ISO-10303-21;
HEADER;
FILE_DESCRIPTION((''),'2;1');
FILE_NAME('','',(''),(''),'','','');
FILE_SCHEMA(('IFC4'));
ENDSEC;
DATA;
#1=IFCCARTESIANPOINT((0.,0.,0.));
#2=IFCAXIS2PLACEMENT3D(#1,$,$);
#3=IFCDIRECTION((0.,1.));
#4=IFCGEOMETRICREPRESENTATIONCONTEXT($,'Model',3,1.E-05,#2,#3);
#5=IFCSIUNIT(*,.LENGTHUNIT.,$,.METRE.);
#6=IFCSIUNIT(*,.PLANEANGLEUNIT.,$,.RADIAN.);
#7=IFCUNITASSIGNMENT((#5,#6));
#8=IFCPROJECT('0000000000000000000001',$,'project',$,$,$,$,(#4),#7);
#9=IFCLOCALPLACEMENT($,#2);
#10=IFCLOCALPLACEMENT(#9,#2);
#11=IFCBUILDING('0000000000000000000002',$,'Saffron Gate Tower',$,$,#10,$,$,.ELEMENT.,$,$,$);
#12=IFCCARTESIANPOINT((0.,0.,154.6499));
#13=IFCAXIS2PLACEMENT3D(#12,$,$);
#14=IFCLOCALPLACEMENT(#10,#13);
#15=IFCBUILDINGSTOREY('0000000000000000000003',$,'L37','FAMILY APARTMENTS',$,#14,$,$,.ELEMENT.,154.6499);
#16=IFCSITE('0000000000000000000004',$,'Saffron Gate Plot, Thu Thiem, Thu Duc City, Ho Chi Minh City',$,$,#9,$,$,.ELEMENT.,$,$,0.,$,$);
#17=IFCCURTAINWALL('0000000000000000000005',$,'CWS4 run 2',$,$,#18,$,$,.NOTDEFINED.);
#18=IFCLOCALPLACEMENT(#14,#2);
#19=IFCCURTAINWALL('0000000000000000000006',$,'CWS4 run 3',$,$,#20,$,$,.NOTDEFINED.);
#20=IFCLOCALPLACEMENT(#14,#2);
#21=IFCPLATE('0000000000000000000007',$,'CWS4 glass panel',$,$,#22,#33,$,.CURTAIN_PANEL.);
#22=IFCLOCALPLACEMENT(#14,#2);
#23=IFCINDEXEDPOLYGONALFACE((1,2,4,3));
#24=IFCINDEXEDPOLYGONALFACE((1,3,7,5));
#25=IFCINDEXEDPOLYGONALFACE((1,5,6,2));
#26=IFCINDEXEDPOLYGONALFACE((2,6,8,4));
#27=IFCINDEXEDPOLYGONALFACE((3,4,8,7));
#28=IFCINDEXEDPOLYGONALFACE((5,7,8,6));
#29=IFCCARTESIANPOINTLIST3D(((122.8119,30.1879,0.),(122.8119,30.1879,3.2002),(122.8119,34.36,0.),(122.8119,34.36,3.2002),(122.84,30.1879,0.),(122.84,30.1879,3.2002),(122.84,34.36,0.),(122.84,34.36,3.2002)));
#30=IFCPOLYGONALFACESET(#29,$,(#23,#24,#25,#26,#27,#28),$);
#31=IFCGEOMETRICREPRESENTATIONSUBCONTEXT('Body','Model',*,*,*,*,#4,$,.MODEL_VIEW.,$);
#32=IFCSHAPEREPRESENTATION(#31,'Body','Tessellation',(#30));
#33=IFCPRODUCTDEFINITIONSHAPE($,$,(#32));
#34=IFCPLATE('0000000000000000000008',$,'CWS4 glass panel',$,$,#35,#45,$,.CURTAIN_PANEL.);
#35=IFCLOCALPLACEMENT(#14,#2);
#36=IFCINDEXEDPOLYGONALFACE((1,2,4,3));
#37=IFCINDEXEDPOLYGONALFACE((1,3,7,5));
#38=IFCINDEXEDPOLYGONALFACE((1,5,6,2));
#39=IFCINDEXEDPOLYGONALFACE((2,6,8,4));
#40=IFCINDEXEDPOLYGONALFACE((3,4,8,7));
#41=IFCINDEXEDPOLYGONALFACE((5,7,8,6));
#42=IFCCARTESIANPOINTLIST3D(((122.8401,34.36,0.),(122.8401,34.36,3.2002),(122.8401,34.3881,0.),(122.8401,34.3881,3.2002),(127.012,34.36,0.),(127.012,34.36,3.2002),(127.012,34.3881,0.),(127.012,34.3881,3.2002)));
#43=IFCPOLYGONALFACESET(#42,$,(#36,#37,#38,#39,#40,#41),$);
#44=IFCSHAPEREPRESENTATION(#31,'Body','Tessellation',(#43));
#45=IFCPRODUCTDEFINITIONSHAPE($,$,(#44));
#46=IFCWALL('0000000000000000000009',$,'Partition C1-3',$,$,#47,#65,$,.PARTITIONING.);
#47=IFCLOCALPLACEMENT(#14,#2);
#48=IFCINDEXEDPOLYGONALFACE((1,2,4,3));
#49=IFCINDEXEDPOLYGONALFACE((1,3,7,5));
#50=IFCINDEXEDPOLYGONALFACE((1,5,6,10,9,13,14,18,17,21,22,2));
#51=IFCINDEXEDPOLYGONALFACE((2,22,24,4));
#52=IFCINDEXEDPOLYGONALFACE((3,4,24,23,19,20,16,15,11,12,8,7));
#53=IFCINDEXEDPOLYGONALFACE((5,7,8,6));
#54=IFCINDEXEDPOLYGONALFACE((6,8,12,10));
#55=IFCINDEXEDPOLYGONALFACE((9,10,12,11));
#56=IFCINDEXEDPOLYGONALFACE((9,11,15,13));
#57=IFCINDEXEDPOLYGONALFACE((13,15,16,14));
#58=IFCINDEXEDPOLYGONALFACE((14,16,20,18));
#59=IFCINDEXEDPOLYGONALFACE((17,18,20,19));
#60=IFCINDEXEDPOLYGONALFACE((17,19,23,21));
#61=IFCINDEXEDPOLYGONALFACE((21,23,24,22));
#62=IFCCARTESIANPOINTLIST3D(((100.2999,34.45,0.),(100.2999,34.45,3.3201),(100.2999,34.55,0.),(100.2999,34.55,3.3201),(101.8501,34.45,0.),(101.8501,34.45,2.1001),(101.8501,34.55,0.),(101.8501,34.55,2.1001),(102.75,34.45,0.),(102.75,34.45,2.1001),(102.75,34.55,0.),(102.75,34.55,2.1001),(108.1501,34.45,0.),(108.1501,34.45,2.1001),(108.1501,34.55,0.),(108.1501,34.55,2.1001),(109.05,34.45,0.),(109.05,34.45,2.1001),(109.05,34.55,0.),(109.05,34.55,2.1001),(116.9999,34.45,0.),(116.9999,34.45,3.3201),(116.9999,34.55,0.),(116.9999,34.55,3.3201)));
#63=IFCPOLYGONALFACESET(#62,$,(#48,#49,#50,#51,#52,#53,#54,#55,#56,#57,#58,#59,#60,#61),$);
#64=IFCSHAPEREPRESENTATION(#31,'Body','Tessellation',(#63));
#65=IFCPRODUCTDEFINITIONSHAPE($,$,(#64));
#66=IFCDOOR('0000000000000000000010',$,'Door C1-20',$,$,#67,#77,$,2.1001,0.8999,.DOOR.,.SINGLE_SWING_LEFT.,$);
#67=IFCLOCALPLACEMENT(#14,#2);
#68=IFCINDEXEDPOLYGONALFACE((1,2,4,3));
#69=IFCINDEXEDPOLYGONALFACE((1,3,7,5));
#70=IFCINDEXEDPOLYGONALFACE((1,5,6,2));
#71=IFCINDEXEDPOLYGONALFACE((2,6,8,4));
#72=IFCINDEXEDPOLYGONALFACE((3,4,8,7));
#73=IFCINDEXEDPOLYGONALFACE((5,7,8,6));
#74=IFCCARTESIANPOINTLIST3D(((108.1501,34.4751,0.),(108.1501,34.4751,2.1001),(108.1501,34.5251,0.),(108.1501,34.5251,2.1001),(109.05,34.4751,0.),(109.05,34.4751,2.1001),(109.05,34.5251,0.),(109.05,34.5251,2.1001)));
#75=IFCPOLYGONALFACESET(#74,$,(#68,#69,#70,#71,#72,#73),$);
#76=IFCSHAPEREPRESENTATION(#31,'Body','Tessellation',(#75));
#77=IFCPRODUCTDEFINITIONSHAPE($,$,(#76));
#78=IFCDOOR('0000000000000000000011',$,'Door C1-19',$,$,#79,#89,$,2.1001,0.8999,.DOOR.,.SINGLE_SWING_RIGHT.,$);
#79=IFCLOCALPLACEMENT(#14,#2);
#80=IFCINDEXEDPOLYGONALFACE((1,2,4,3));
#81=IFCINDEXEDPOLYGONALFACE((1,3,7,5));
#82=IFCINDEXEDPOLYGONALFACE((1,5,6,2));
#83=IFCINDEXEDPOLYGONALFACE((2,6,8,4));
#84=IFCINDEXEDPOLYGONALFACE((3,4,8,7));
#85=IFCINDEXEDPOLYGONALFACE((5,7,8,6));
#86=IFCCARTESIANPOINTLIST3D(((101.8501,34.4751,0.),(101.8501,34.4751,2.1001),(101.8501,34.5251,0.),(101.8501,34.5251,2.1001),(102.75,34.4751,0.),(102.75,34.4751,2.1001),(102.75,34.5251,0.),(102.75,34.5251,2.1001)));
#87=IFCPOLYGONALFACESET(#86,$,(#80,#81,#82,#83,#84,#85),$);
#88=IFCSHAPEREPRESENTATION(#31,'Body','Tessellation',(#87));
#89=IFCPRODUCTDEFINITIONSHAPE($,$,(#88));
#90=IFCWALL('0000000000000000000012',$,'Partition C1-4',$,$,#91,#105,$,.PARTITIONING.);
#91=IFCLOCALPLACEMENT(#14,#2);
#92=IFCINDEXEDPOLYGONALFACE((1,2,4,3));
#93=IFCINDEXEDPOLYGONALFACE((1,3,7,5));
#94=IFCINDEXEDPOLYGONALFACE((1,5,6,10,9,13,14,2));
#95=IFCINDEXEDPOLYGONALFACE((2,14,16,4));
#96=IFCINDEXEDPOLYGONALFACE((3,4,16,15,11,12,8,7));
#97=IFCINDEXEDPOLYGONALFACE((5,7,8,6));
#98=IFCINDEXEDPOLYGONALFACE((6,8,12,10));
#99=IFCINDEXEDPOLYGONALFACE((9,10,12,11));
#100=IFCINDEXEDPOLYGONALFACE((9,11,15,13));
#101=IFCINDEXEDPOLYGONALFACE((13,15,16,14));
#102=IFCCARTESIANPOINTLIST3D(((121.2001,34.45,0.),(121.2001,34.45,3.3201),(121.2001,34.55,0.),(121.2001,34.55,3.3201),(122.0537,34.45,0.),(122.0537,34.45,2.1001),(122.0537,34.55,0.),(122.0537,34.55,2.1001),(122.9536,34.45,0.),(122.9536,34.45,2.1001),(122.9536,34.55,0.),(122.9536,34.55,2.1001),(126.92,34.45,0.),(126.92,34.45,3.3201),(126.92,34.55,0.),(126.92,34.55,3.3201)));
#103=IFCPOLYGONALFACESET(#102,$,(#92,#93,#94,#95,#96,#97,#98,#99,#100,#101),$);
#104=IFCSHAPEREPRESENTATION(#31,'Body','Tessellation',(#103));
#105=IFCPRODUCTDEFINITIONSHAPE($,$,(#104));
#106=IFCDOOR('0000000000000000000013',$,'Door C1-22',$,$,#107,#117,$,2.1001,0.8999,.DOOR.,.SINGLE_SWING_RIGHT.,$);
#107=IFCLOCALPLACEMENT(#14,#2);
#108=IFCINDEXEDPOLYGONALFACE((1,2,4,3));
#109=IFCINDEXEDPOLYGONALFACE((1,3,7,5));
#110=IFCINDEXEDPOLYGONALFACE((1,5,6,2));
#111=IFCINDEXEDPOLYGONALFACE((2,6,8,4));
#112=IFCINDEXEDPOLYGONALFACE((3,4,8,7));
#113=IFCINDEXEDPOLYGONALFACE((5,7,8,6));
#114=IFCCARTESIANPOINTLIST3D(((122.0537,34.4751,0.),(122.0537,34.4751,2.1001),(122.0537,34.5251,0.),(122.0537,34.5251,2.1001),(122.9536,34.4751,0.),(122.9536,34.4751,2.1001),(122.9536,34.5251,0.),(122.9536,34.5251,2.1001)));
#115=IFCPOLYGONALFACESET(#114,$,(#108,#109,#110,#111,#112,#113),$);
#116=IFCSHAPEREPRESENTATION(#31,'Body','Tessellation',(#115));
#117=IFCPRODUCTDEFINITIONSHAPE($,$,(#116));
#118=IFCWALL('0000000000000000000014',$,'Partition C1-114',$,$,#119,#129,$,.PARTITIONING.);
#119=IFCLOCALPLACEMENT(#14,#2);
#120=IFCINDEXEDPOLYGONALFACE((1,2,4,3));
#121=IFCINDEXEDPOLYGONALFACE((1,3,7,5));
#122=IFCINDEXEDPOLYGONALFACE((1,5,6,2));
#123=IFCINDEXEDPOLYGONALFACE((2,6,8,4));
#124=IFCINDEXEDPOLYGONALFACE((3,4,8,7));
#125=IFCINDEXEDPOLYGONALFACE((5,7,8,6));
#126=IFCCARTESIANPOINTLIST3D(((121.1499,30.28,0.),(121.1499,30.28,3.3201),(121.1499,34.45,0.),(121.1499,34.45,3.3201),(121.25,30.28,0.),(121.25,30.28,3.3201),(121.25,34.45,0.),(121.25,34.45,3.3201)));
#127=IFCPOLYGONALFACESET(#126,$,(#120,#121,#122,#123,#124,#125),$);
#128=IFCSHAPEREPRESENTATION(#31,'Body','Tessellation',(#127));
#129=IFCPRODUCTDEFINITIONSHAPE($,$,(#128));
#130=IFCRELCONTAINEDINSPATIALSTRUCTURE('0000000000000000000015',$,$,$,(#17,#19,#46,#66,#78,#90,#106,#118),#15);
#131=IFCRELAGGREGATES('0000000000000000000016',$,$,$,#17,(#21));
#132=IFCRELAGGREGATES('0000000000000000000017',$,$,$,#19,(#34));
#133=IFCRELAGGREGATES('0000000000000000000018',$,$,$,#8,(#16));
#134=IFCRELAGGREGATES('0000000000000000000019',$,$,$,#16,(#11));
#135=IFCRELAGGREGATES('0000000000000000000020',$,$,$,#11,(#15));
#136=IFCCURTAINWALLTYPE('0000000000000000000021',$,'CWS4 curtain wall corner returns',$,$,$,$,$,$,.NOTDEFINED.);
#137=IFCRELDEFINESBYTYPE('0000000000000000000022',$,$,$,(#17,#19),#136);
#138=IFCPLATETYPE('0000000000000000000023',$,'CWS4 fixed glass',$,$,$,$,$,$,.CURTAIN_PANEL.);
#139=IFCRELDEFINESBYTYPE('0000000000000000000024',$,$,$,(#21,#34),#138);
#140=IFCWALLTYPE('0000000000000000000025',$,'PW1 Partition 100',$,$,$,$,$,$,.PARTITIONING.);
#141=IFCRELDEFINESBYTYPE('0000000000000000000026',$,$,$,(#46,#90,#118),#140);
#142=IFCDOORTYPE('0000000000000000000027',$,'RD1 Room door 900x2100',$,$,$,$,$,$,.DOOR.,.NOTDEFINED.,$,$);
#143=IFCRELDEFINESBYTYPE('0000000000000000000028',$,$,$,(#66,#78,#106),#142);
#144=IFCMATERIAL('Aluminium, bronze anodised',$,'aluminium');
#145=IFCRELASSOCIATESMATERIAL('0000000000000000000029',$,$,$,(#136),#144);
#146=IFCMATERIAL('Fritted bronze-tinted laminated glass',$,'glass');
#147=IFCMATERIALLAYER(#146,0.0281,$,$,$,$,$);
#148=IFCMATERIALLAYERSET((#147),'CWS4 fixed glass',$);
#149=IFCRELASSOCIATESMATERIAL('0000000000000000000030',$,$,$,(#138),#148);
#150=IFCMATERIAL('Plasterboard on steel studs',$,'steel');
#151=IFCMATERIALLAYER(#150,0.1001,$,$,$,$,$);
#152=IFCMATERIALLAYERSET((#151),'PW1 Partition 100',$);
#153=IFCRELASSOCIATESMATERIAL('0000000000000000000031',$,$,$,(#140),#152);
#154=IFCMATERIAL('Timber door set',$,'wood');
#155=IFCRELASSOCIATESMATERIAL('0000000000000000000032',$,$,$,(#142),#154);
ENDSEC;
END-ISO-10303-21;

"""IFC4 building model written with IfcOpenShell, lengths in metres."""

from ifc_helpers import new_model, si_unit, direction, frame, frame_2d, origin, place, context, subcontext, project, spatial, rectangle, extrude, material, layer, layer_set, type_object, element, fill, aggregate, save


model = new_model("IFC4")

# Units and contexts
model_context = context("Model", 3, precision=1e-05, world=origin(), true_north=direction((0.0, 1.0)))
body_context = subcontext(model_context, "Body", "Model", "MODEL_VIEW")
ifc_project = project(units=[si_unit("LENGTHUNIT", "METRE"), si_unit("PLANEANGLEUNIT", "RADIAN")], contexts=[model_context])

# Site, building, storey
site_placement = place(None, origin())
site = spatial("IfcSite", under=ifc_project, at=site_placement, Name="Saffron Gate Plot, Thu Thiem, Thu Duc City, Ho Chi Minh City", CompositionType="ELEMENT", RefElevation=0.0)
building_placement = place(site_placement, origin())
building = spatial("IfcBuilding", under=site, at=building_placement, Name="Saffron Gate Tower", CompositionType="ELEMENT")
storey_placement = place(building_placement, frame((0.0, 0.0, 154.6499)))
storey = spatial("IfcBuildingStorey", under=building, at=storey_placement, Name="L37", Description="FAMILY APARTMENTS", CompositionType="ELEMENT", Elevation=154.6499)

# Shared definitions
ifc_material_1 = material(Name="Aluminium, bronze anodised", Category="aluminium")

# Curtain walls
curtain_wall_type_1 = type_object("IfcCurtainWallType", Name="CWS4 curtain wall corner returns", PredefinedType="NOTDEFINED", material=ifc_material_1)
curtain_wall_1_placement = place(storey_placement, origin())
curtain_wall_1 = element("IfcCurtainWall", 1, at=curtain_wall_1_placement, inside=storey, type_object=curtain_wall_type_1, Name="CWS4 run 2", PredefinedType="NOTDEFINED")
curtain_wall_2_placement = place(storey_placement, origin())
curtain_wall_2 = element("IfcCurtainWall", 2, at=curtain_wall_2_placement, inside=storey, type_object=curtain_wall_type_1, Name="CWS4 run 3", PredefinedType="NOTDEFINED")

# Shared definitions
ifc_material_2 = material(Name="Fritted bronze-tinted laminated glass", Category="glass")

# Plates
ifc_layer_1 = layer(ifc_material_2, 0.0281)
ifc_layer_set_1 = layer_set([ifc_layer_1], Name="CWS4 fixed glass")
plate_type_1 = type_object("IfcPlateType", Name="CWS4 fixed glass", PredefinedType="CURTAIN_PANEL", material=ifc_layer_set_1)
plate_1_placement = place(storey_placement, frame((122.8259, 30.188, 0.0), z_axis=(0.0, 0.0, 1.0), x_axis=(0.0, 1.0, 0.0)))
plate_1 = element("IfcPlate", 3, at=plate_1_placement, type_object=plate_type_1, Name="CWS4 glass panel", PredefinedType="CURTAIN_PANEL", context=body_context, shape_type="SweptSolid", body=[
    extrude(rectangle(XDim=4.1721, YDim=0.0281, at=frame_2d((2.0859, 0.0))), origin(), (0.0, 0.0, 1.0), 3.2002),
])
aggregate(curtain_wall_1, [plate_1])
plate_2_placement = place(storey_placement, frame((122.8401, 34.374, 0.0), z_axis=(0.0, 0.0, 1.0), x_axis=(1.0, 0.0, 0.0)))
plate_2 = element("IfcPlate", 4, at=plate_2_placement, type_object=plate_type_1, Name="CWS4 glass panel", PredefinedType="CURTAIN_PANEL", context=body_context, shape_type="SweptSolid", body=[
    extrude(rectangle(XDim=4.1719, YDim=0.0281, at=frame_2d((2.0859, 0.0))), origin(), (0.0, 0.0, 1.0), 3.2002),
])
aggregate(curtain_wall_2, [plate_2])

# Wall, openings, doors
ifc_material_3 = material(Name="Plasterboard on steel studs", Category="steel")
ifc_layer_2 = layer(ifc_material_3, 0.1001)
ifc_layer_set_2 = layer_set([ifc_layer_2], Name="PW1 Partition 100")
wall_type = type_object("IfcWallType", Name="PW1 Partition 100", PredefinedType="PARTITIONING", material=ifc_layer_set_2)
wall_1_placement = place(storey_placement, frame((117.0, 34.5, 0.0), z_axis=(0.0, 0.0, 1.0), x_axis=(-1.0, 0.0, 0.0)))
wall_1 = element("IfcWall", 5, at=wall_1_placement, inside=storey, type_object=wall_type, Name="Partition C1-3", PredefinedType="PARTITIONING", context=body_context, shape_type="SweptSolid", body=[
    extrude(rectangle(XDim=16.7, YDim=0.1001, at=frame_2d((8.3501, 0.0))), origin(), (0.0, 0.0, 1.0), 3.3201),
])
opening_1_placement = place(wall_1_placement, frame((7.95, 0.0, 0.0)))
opening_1 = element("IfcOpeningElement", 6, at=opening_1_placement, cuts=wall_1, PredefinedType="OPENING", context=body_context, shape_type="SweptSolid", body=[
    extrude(rectangle(XDim=0.8999, YDim=2.1001, at=frame_2d((0.45, 1.05))), frame((0.0, 0.0601, 0.0), z_axis=(0.0, -1.0, 0.0), x_axis=(1.0, 0.0, 0.0)), (0.0, 0.0, 1.0), 0.1201),
])
opening_2_placement = place(wall_1_placement, frame((14.25, 0.0, 0.0)))
opening_2 = element("IfcOpeningElement", 7, at=opening_2_placement, cuts=wall_1, PredefinedType="OPENING", context=body_context, shape_type="SweptSolid", body=[
    extrude(rectangle(XDim=0.8999, YDim=2.1001, at=frame_2d((0.45, 1.05))), frame((0.0, 0.0601, 0.0), z_axis=(0.0, -1.0, 0.0), x_axis=(1.0, 0.0, 0.0)), (0.0, 0.0, 1.0), 0.1201),
])
ifc_material_4 = material(Name="Timber door set", Category="wood")
door_type = type_object("IfcDoorType", Name="RD1 Room door 900x2100", OperationType="NOTDEFINED", PredefinedType="DOOR", material=ifc_material_4)
door_1_placement = place(opening_1_placement, origin())
door_1 = element("IfcDoor", 8, at=door_1_placement, inside=storey, type_object=door_type, Name="Door C1-20", OperationType="SINGLE_SWING_LEFT", OverallHeight=2.1001, OverallWidth=0.8999, PredefinedType="DOOR", context=body_context, shape_type="SweptSolid", body=[
    extrude(rectangle(XDim=0.8999, YDim=2.1001, at=frame_2d((0.45, 1.05))), frame((0.0, 0.0249, 0.0), z_axis=(0.0, -1.0, 0.0), x_axis=(1.0, 0.0, 0.0)), (0.0, 0.0, 1.0), 0.05),
])
fill(opening_1, door_1)
door_2_placement = place(opening_2_placement, origin())
door_2 = element("IfcDoor", 9, at=door_2_placement, inside=storey, type_object=door_type, Name="Door C1-19", OperationType="SINGLE_SWING_RIGHT", OverallHeight=2.1001, OverallWidth=0.8999, PredefinedType="DOOR", context=body_context, shape_type="SweptSolid", body=[
    extrude(rectangle(XDim=0.8999, YDim=2.1001, at=frame_2d((0.45, 1.05))), frame((0.0, 0.0249, 0.0), z_axis=(0.0, -1.0, 0.0), x_axis=(1.0, 0.0, 0.0)), (0.0, 0.0, 1.0), 0.05),
])
fill(opening_2, door_2)

# Wall, opening, door
wall_2_placement = place(storey_placement, frame((126.9199, 34.5, 0.0), z_axis=(0.0, 0.0, 1.0), x_axis=(-1.0, 0.0, 0.0)))
wall_2 = element("IfcWall", 10, at=wall_2_placement, inside=storey, type_object=wall_type, Name="Partition C1-4", PredefinedType="PARTITIONING", context=body_context, shape_type="SweptSolid", body=[
    extrude(rectangle(XDim=5.72, YDim=0.1001, at=frame_2d((2.8599, 0.0))), origin(), (0.0, 0.0, 1.0), 3.3201),
])
opening_3_placement = place(wall_2_placement, frame((3.9663, 0.0, 0.0)))
opening_3 = element("IfcOpeningElement", 11, at=opening_3_placement, cuts=wall_2, PredefinedType="OPENING", context=body_context, shape_type="SweptSolid", body=[
    extrude(rectangle(XDim=0.8999, YDim=2.1001, at=frame_2d((0.45, 1.05))), frame((0.0, 0.0601, 0.0), z_axis=(0.0, -1.0, 0.0), x_axis=(1.0, 0.0, 0.0)), (0.0, 0.0, 1.0), 0.1201),
])
door_3_placement = place(opening_3_placement, origin())
door_3 = element("IfcDoor", 12, at=door_3_placement, inside=storey, type_object=door_type, Name="Door C1-22", OperationType="SINGLE_SWING_RIGHT", OverallHeight=2.1001, OverallWidth=0.8999, PredefinedType="DOOR", context=body_context, shape_type="SweptSolid", body=[
    extrude(rectangle(XDim=0.8999, YDim=2.1001, at=frame_2d((0.45, 1.05))), frame((0.0, 0.0249, 0.0), z_axis=(0.0, -1.0, 0.0), x_axis=(1.0, 0.0, 0.0)), (0.0, 0.0, 1.0), 0.05),
])
fill(opening_3, door_3)

# Wall
wall_3_placement = place(storey_placement, frame((121.2, 34.45, 0.0), z_axis=(0.0, 0.0, 1.0), x_axis=(0.0, -1.0, 0.0)))
element("IfcWall", 13, at=wall_3_placement, inside=storey, type_object=wall_type, Name="Partition C1-114", PredefinedType="PARTITIONING", context=body_context, shape_type="SweptSolid", body=[
    extrude(rectangle(XDim=4.1699, YDim=0.1001, at=frame_2d((2.085, 0.0))), origin(), (0.0, 0.0, 1.0), 3.3201),
])

save(model, "model.ifc")
